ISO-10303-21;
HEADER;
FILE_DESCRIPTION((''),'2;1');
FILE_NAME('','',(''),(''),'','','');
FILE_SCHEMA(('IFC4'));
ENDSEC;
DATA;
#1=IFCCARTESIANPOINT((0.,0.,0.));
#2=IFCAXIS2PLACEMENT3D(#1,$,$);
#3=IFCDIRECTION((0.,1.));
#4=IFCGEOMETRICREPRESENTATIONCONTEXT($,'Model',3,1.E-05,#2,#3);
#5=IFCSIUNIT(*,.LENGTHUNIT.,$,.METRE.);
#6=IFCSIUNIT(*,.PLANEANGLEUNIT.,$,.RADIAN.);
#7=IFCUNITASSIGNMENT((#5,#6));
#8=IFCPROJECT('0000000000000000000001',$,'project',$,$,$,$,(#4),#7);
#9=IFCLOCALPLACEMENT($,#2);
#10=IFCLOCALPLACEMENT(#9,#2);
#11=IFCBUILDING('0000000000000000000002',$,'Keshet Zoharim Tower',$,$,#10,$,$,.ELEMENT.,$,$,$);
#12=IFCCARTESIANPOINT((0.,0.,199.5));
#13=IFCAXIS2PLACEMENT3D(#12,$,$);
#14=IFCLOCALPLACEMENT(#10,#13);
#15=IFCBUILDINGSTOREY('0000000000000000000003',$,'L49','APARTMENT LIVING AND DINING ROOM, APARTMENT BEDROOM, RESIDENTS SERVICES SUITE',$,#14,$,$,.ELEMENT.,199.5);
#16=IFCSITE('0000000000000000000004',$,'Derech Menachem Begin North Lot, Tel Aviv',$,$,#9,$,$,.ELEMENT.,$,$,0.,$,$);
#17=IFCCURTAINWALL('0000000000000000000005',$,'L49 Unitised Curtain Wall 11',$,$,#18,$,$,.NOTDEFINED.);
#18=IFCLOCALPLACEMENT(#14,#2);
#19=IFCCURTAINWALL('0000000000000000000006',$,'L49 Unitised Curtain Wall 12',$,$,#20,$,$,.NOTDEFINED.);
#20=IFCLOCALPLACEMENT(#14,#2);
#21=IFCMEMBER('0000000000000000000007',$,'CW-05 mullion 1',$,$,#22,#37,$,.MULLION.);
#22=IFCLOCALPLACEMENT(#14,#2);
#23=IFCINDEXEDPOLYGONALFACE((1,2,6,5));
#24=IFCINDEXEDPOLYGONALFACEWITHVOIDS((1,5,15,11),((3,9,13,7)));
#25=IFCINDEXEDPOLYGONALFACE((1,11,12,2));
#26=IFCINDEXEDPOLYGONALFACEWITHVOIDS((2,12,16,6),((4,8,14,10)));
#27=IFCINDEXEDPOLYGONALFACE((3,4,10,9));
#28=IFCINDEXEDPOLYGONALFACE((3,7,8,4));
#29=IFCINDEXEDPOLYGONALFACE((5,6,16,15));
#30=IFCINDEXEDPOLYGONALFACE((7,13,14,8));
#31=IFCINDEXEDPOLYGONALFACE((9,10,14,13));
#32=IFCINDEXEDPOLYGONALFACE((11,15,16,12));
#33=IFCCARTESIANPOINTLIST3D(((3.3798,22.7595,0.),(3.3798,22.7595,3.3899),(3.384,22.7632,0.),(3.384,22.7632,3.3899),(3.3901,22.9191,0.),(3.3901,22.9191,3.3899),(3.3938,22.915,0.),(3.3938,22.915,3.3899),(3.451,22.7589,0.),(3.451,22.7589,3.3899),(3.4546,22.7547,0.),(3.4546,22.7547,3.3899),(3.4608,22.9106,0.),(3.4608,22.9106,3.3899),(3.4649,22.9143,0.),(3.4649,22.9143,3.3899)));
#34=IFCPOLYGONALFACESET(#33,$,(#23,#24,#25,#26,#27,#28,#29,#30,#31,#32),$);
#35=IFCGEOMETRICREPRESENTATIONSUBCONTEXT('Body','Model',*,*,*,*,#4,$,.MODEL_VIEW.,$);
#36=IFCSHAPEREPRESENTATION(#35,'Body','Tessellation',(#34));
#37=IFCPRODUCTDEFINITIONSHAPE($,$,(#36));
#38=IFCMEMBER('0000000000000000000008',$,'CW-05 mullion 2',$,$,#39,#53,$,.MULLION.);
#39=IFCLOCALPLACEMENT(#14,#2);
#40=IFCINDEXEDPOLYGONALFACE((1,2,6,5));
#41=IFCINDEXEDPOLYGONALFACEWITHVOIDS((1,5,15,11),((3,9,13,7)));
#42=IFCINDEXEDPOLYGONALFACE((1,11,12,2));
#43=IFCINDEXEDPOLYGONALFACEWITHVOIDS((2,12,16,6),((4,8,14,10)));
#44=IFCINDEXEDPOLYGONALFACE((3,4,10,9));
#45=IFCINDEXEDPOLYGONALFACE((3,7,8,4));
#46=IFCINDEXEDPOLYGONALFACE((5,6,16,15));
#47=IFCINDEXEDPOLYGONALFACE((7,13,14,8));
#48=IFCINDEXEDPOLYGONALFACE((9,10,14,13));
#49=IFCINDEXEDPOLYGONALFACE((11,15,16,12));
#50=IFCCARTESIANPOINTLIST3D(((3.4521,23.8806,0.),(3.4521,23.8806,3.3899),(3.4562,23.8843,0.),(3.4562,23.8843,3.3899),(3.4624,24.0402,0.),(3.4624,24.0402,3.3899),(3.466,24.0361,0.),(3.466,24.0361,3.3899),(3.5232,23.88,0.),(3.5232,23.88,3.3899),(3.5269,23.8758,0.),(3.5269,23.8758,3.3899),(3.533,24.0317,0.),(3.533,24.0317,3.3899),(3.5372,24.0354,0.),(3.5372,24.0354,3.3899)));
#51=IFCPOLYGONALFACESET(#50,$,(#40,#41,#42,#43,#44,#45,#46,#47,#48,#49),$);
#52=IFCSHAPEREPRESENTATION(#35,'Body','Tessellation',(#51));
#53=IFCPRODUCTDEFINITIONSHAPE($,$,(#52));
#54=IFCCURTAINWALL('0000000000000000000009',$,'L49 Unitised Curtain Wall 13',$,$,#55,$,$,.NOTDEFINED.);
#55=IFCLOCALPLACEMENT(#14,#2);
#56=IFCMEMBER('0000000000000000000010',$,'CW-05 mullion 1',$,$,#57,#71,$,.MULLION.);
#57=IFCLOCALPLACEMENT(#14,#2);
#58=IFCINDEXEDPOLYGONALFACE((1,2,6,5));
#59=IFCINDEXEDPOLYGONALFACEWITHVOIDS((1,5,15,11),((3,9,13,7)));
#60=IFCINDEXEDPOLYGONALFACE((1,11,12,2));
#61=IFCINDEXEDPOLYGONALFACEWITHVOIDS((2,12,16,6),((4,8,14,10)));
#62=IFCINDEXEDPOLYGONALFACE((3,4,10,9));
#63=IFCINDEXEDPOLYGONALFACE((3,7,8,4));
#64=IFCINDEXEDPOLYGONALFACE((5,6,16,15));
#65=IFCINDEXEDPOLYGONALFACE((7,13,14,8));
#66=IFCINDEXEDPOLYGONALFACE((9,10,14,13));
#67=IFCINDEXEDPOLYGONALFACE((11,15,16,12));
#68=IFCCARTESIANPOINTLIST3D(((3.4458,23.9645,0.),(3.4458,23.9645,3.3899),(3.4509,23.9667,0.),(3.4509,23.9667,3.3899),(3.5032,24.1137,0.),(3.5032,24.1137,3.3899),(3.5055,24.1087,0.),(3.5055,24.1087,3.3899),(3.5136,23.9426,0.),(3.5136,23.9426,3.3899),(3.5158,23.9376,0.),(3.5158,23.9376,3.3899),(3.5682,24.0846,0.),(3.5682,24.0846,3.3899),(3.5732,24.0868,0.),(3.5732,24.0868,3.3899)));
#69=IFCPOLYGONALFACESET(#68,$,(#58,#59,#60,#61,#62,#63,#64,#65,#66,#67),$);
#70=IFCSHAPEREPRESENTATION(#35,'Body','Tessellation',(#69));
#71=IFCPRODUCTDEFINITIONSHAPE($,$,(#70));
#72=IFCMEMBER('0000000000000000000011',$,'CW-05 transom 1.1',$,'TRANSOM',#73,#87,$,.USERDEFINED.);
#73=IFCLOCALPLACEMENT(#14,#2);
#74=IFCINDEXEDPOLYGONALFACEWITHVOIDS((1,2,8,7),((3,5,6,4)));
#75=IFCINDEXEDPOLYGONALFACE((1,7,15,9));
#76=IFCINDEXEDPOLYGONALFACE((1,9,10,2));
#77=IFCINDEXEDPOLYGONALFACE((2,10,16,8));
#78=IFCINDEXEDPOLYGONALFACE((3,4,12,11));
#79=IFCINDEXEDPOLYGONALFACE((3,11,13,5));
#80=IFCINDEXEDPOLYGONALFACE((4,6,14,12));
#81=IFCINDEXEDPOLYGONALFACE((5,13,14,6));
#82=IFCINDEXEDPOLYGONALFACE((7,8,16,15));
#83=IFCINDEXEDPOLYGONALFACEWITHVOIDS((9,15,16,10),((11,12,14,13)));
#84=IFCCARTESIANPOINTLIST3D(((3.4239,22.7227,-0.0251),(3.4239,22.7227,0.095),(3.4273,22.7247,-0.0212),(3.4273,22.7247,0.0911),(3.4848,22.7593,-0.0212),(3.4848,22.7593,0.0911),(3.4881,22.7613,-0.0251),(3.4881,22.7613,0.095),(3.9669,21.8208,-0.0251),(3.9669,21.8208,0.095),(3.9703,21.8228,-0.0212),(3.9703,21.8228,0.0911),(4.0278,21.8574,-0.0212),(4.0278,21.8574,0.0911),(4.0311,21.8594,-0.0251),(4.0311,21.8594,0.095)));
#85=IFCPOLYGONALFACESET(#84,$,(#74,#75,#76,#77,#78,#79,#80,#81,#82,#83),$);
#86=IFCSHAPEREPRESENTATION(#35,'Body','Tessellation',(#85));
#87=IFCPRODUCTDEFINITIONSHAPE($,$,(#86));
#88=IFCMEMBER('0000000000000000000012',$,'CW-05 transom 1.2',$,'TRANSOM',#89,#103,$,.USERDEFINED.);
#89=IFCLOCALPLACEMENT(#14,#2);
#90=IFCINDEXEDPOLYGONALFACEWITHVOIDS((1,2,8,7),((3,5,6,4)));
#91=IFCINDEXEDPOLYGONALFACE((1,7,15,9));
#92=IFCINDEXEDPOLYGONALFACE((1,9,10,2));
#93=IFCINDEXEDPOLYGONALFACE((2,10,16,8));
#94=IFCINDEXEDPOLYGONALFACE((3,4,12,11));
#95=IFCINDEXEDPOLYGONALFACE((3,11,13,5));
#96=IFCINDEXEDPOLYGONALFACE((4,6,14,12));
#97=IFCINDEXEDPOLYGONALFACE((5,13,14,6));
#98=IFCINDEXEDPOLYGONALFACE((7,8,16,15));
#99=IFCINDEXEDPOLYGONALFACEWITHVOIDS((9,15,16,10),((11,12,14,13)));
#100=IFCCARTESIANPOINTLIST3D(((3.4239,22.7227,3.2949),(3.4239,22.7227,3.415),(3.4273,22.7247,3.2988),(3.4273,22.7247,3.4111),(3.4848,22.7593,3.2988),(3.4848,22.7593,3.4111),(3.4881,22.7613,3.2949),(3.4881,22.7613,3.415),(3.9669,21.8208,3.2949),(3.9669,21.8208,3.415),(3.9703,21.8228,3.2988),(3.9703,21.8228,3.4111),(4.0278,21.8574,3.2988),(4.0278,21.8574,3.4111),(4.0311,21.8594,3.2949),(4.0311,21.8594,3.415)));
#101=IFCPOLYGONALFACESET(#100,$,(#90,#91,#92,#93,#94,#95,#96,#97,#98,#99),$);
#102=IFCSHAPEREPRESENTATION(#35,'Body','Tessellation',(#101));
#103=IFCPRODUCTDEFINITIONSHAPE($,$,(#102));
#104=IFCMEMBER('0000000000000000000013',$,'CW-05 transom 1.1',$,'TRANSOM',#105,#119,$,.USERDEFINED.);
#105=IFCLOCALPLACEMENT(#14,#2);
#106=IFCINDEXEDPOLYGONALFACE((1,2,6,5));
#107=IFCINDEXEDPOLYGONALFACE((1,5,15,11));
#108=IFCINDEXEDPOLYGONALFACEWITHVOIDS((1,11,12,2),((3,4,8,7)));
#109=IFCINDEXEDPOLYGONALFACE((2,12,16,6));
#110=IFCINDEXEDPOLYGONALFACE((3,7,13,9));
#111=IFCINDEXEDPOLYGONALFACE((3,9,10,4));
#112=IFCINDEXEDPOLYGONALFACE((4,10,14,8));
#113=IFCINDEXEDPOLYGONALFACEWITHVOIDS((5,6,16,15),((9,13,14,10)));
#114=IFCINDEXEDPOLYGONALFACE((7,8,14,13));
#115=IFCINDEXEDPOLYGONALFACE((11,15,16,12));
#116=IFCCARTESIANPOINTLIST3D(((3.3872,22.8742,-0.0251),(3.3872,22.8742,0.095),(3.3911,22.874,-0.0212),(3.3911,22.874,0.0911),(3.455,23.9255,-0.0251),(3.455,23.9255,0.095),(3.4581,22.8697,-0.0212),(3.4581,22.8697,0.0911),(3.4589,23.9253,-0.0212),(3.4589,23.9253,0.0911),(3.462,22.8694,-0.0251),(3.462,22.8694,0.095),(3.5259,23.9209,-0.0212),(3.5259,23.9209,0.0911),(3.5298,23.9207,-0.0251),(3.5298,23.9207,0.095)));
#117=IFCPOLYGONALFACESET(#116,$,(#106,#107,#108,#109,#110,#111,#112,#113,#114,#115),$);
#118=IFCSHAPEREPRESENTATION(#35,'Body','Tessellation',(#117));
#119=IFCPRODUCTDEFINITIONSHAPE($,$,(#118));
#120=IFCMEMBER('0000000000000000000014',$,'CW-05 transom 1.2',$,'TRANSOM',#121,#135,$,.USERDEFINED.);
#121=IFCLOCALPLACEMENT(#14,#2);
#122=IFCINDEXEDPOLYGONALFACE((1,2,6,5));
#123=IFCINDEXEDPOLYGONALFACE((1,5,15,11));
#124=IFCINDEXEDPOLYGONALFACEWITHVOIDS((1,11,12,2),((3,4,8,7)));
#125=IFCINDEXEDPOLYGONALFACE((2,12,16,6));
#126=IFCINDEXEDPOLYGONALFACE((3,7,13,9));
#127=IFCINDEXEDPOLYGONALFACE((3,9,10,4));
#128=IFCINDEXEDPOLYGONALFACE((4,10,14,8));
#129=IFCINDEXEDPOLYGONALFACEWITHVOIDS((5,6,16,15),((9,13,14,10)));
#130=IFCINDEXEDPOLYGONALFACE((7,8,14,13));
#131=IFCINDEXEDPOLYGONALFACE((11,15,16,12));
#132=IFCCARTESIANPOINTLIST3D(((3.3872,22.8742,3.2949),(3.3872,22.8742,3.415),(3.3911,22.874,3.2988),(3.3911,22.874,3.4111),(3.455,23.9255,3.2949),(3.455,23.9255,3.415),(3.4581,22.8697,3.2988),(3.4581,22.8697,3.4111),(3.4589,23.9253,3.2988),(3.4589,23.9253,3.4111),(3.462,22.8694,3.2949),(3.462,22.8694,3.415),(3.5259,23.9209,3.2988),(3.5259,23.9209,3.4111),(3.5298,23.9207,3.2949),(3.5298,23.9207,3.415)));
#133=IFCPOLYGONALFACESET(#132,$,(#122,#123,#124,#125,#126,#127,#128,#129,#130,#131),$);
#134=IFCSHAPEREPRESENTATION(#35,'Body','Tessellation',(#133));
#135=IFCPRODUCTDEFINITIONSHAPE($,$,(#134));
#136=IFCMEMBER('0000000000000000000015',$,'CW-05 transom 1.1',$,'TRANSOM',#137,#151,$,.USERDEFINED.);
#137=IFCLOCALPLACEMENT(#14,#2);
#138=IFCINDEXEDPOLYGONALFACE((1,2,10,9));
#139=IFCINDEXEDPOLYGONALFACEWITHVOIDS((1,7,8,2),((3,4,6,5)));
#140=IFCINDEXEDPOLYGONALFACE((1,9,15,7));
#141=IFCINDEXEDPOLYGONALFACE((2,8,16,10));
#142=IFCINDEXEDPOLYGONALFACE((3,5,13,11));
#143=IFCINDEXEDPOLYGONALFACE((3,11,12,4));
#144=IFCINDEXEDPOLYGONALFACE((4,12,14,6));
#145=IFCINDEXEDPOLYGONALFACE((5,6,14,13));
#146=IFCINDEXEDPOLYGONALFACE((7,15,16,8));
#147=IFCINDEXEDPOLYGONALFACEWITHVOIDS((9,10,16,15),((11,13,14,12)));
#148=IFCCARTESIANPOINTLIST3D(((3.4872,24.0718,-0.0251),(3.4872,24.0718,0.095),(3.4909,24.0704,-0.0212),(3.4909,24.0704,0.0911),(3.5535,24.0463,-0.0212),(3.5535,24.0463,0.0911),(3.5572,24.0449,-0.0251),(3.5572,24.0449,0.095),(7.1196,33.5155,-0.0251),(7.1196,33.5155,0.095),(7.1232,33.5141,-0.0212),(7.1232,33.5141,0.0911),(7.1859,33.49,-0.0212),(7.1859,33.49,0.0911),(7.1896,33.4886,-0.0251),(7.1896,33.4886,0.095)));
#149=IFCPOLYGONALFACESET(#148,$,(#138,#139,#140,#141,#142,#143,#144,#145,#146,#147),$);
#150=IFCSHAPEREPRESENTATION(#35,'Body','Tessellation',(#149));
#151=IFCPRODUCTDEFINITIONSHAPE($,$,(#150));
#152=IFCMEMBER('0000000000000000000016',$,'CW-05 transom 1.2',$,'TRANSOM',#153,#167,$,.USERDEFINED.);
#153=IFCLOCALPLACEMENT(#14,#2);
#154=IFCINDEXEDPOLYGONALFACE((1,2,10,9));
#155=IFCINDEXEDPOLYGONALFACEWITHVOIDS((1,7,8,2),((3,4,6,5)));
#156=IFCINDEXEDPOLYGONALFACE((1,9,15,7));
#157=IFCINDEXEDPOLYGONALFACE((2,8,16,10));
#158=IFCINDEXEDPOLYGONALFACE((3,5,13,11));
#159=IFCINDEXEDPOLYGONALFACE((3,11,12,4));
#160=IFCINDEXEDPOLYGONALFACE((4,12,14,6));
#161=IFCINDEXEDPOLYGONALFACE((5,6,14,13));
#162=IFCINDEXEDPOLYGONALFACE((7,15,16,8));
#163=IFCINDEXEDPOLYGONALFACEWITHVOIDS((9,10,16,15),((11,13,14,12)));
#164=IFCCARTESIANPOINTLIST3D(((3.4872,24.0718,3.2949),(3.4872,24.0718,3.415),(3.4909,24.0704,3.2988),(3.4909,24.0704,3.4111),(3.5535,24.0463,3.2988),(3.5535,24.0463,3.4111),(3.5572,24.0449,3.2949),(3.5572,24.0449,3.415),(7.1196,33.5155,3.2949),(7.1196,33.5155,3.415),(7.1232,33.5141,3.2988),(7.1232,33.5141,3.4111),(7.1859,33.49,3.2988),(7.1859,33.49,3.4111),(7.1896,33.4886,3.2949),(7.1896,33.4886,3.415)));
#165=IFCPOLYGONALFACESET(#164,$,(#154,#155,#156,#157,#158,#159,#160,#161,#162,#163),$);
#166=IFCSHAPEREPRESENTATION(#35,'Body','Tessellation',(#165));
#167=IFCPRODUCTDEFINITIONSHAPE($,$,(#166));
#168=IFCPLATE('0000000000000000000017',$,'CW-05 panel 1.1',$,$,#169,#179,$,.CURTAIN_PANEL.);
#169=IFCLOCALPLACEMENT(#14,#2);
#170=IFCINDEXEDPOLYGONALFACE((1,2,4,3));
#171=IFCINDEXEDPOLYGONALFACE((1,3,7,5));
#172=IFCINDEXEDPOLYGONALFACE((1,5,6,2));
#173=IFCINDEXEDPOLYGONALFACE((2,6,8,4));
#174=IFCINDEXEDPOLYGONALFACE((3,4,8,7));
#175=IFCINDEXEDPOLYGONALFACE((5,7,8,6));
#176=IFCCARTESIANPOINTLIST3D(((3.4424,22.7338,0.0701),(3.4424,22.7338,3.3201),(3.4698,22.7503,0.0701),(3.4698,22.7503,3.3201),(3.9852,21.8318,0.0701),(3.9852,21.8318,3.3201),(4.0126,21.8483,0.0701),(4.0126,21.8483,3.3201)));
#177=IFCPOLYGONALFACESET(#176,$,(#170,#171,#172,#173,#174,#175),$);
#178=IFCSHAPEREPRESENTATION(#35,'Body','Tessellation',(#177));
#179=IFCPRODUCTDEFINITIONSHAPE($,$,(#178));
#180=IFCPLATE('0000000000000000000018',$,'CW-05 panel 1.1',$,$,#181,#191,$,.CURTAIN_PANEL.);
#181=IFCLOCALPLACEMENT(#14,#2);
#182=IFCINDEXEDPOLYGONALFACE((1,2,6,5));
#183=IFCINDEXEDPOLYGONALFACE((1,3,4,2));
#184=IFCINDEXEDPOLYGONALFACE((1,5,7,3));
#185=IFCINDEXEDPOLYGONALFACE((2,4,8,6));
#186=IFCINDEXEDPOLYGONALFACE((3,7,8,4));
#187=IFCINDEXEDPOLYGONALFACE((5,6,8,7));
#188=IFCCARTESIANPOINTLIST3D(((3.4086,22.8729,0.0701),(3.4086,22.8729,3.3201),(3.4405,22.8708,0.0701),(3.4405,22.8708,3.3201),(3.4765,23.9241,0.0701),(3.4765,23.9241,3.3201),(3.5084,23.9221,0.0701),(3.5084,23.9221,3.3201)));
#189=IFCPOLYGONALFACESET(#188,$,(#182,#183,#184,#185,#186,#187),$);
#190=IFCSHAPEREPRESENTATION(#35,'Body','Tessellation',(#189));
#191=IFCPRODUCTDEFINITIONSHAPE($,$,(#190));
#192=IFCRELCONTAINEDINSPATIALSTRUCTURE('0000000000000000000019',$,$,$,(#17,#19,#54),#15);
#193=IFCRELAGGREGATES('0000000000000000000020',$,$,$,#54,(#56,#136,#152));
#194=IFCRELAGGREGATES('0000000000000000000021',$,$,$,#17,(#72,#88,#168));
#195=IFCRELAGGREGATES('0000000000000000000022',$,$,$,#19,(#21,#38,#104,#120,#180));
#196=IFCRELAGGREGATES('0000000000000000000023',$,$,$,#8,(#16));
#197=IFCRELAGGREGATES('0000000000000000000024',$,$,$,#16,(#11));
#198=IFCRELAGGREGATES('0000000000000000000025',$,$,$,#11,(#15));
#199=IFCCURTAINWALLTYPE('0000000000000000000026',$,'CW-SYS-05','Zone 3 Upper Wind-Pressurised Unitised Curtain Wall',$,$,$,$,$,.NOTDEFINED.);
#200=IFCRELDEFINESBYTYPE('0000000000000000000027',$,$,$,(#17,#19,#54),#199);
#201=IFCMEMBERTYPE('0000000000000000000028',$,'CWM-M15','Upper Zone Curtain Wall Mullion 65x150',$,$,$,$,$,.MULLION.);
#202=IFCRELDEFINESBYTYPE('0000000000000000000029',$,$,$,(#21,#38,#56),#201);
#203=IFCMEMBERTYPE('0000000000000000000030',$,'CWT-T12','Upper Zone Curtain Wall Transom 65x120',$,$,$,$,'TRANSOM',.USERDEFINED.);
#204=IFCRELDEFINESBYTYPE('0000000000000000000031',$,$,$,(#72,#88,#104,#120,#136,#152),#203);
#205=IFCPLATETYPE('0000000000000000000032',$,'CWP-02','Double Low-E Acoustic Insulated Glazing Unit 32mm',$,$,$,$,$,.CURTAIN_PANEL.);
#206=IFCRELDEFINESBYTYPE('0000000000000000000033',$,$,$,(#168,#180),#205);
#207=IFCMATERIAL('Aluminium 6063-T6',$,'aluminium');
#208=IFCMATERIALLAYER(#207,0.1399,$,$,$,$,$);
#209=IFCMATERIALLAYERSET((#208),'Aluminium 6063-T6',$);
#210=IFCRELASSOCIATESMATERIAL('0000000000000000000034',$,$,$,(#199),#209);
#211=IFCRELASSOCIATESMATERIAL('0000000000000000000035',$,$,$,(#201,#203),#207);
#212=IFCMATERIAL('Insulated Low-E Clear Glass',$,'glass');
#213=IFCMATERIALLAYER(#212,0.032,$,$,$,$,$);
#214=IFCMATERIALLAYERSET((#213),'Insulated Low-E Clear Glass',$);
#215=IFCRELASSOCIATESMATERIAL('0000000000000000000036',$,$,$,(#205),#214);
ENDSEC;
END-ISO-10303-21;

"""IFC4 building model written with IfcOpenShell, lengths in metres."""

from ifc_helpers import new_model, si_unit, direction, frame, origin, origin_2d, place, context, subcontext, project, spatial, rectangle, hollow_rectangle, extrude, material, layer, layer_set, material_profile, profile_set, type_object, element, aggregate, save


model = new_model("IFC4")

# Units and contexts
model_context = context("Model", 3, precision=1e-05, world=origin(), true_north=direction((0.0, 1.0)))
body_context = subcontext(model_context, "Body", "Model", "MODEL_VIEW")
ifc_project = project(units=[si_unit("LENGTHUNIT", "METRE"), si_unit("PLANEANGLEUNIT", "RADIAN")], contexts=[model_context])

# Site, building, storey
site_placement = place(None, origin())
site = spatial("IfcSite", under=ifc_project, at=site_placement, Name="Derech Menachem Begin North Lot, Tel Aviv", CompositionType="ELEMENT", RefElevation=0.0)
building_placement = place(site_placement, origin())
building = spatial("IfcBuilding", under=site, at=building_placement, Name="Keshet Zoharim Tower", CompositionType="ELEMENT")
storey_placement = place(building_placement, frame((0.0, 0.0, 199.5)))
storey = spatial("IfcBuildingStorey", under=building, at=storey_placement, Name="L49", Description="APARTMENT LIVING AND DINING ROOM, APARTMENT BEDROOM, RESIDENTS SERVICES SUITE", CompositionType="ELEMENT", Elevation=199.5)

# Shared definitions
ifc_material_1 = material(Name="Aluminium 6063-T6", Category="aluminium")
ifc_layer_1 = layer(ifc_material_1, 0.1399)
ifc_layer_set_1 = layer_set([ifc_layer_1], Name="Aluminium 6063-T6")
curtain_wall_type = type_object("IfcCurtainWallType", Name="CW-SYS-05", Description="Zone 3 Upper Wind-Pressurised Unitised Curtain Wall", PredefinedType="NOTDEFINED", material=ifc_layer_set_1)
ifc_material_profile_1 = material_profile(ifc_material_1, hollow_rectangle(XDim=0.075, YDim=0.1599, WallThickness=0.0039, at=origin_2d()), Name="MUL-75x160")
ifc_profile_set_1 = profile_set([ifc_material_profile_1], Name="Aluminium 6063-T6")
member_type_1 = type_object("IfcMemberType", Name="CWM-M15", Description="Upper Zone Curtain Wall Mullion 65x150", PredefinedType="MULLION", material=ifc_profile_set_1)

# Curtain walls, members
curtain_wall_1_placement = place(storey_placement, origin())
curtain_wall_1 = element("IfcCurtainWall", 1, at=curtain_wall_1_placement, inside=storey, type_object=curtain_wall_type, Name="L49 Unitised Curtain Wall 11", PredefinedType="NOTDEFINED")
curtain_wall_2_placement = place(storey_placement, origin())
curtain_wall_2 = element("IfcCurtainWall", 2, at=curtain_wall_2_placement, inside=storey, type_object=curtain_wall_type, Name="L49 Unitised Curtain Wall 12", PredefinedType="NOTDEFINED")
member_1_placement = place(storey_placement, frame((3.4224, 22.8369, 0.0), z_axis=(0.0, 0.0, 1.0), x_axis=(-0.997917, 0.064517, 0.0)))
member_1 = element("IfcMember", 3, at=member_1_placement, type_object=member_type_1, Name="CW-05 mullion 1", PredefinedType="MULLION", context=body_context, shape_type="SweptSolid", body=[
    extrude(hollow_rectangle(XDim=0.075, YDim=0.1599, WallThickness=0.0039, at=origin_2d()), origin(), (0.0, 0.0, 1.0), 3.3899),
])
member_2_placement = place(storey_placement, frame((3.4946, 23.958, 0.0), z_axis=(0.0, 0.0, 1.0), x_axis=(-0.997917, 0.064517, 0.0)))
member_2 = element("IfcMember", 4, at=member_2_placement, type_object=member_type_1, Name="CW-05 mullion 2", PredefinedType="MULLION", context=body_context, shape_type="SweptSolid", body=[
    extrude(hollow_rectangle(XDim=0.075, YDim=0.1599, WallThickness=0.0039, at=origin_2d()), origin(), (0.0, 0.0, 1.0), 3.3899),
])

# Curtain wall, member
curtain_wall_3_placement = place(storey_placement, origin())
curtain_wall_3 = element("IfcCurtainWall", 5, at=curtain_wall_3_placement, inside=storey, type_object=curtain_wall_type, Name="L49 Unitised Curtain Wall 13", PredefinedType="NOTDEFINED")
member_3_placement = place(storey_placement, frame((3.5095, 24.0256, 0.0), z_axis=(0.0, 0.0, 1.0), x_axis=(-0.933341, 0.35899, 0.0)))
member_3 = element("IfcMember", 6, at=member_3_placement, type_object=member_type_1, Name="CW-05 mullion 1", PredefinedType="MULLION", context=body_context, shape_type="SweptSolid", body=[
    extrude(hollow_rectangle(XDim=0.075, YDim=0.1599, WallThickness=0.0039, at=origin_2d()), origin(), (0.0, 0.0, 1.0), 3.3899),
])

# Members
ifc_material_profile_2 = material_profile(ifc_material_1, hollow_rectangle(XDim=0.075, YDim=0.1201, WallThickness=0.0039, at=origin_2d()), Name="TRN-75x120")
ifc_profile_set_2 = profile_set([ifc_material_profile_2], Name="Aluminium 6063-T6")
member_type_2 = type_object("IfcMemberType", Name="CWT-T12", Description="Upper Zone Curtain Wall Transom 65x120", ElementType="TRANSOM", PredefinedType="USERDEFINED", material=ifc_profile_set_2)
member_4_placement = place(storey_placement, frame((3.999, 21.8401, 0.0349), z_axis=(-0.515791, 0.856714, 0.0), x_axis=(-0.856714, -0.515791, 0.0)))
member_4 = element("IfcMember", 7, at=member_4_placement, type_object=member_type_2, Name="CW-05 transom 1.1", ObjectType="TRANSOM", PredefinedType="USERDEFINED", context=body_context, shape_type="SweptSolid", body=[
    extrude(hollow_rectangle(XDim=0.075, YDim=0.1201, WallThickness=0.0039, at=origin_2d()), origin(), (0.0, 0.0, 1.0), 1.0527),
])
member_5_placement = place(storey_placement, frame((3.999, 21.8401, 3.355), z_axis=(-0.515791, 0.856714, 0.0), x_axis=(-0.856714, -0.515791, 0.0)))
member_5 = element("IfcMember", 8, at=member_5_placement, type_object=member_type_2, Name="CW-05 transom 1.2", ObjectType="TRANSOM", PredefinedType="USERDEFINED", context=body_context, shape_type="SweptSolid", body=[
    extrude(hollow_rectangle(XDim=0.075, YDim=0.1201, WallThickness=0.0039, at=origin_2d()), origin(), (0.0, 0.0, 1.0), 1.0527),
])
member_6_placement = place(storey_placement, frame((3.4246, 22.8718, 0.0349), z_axis=(0.064427, 0.997922, 0.0), x_axis=(-0.997922, 0.064427, 0.0)))
member_6 = element("IfcMember", 9, at=member_6_placement, type_object=member_type_2, Name="CW-05 transom 1.1", ObjectType="TRANSOM", PredefinedType="USERDEFINED", context=body_context, shape_type="SweptSolid", body=[
    extrude(hollow_rectangle(XDim=0.075, YDim=0.1201, WallThickness=0.0039, at=origin_2d()), origin(), (0.0, 0.0, 1.0), 1.0535),
])
member_7_placement = place(storey_placement, frame((3.4246, 22.8718, 3.355), z_axis=(0.064427, 0.997922, 0.0), x_axis=(-0.997922, 0.064427, 0.0)))
member_7 = element("IfcMember", 10, at=member_7_placement, type_object=member_type_2, Name="CW-05 transom 1.2", ObjectType="TRANSOM", PredefinedType="USERDEFINED", context=body_context, shape_type="SweptSolid", body=[
    extrude(hollow_rectangle(XDim=0.075, YDim=0.1201, WallThickness=0.0039, at=origin_2d()), origin(), (0.0, 0.0, 1.0), 1.0535),
])
member_8_placement = place(storey_placement, frame((3.5222, 24.0583, 0.0349), z_axis=(0.358994, 0.93334, 0.0), x_axis=(-0.93334, 0.358994, 0.0)))
member_8 = element("IfcMember", 11, at=member_8_placement, type_object=member_type_2, Name="CW-05 transom 1.1", ObjectType="TRANSOM", PredefinedType="USERDEFINED", context=body_context, shape_type="SweptSolid", body=[
    extrude(hollow_rectangle(XDim=0.075, YDim=0.1201, WallThickness=0.0039, at=origin_2d()), origin(), (0.0, 0.0, 1.0), 10.1182),
])
member_9_placement = place(storey_placement, frame((3.5222, 24.0583, 3.355), z_axis=(0.358994, 0.93334, 0.0), x_axis=(-0.93334, 0.358994, 0.0)))
member_9 = element("IfcMember", 12, at=member_9_placement, type_object=member_type_2, Name="CW-05 transom 1.2", ObjectType="TRANSOM", PredefinedType="USERDEFINED", context=body_context, shape_type="SweptSolid", body=[
    extrude(hollow_rectangle(XDim=0.075, YDim=0.1201, WallThickness=0.0039, at=origin_2d()), origin(), (0.0, 0.0, 1.0), 10.1182),
])
aggregate(curtain_wall_3, [member_3, member_8, member_9])

# Plates
ifc_material_2 = material(Name="Insulated Low-E Clear Glass", Category="glass")
ifc_layer_2 = layer(ifc_material_2, 0.032)
ifc_layer_set_2 = layer_set([ifc_layer_2], Name="Insulated Low-E Clear Glass")
plate_type = type_object("IfcPlateType", Name="CWP-02", Description="Double Low-E Acoustic Insulated Glazing Unit 32mm", PredefinedType="CURTAIN_PANEL", material=ifc_layer_set_2)
plate_1_placement = place(storey_placement, frame((3.7275, 22.291, 0.0701), z_axis=(0.0, 0.0, 1.0), x_axis=(-0.515605, 0.856826, 0.0)))
plate_1 = element("IfcPlate", 13, at=plate_1_placement, type_object=plate_type, Name="CW-05 panel 1.1", PredefinedType="CURTAIN_PANEL", context=body_context, shape_type="SweptSolid", body=[
    extrude(rectangle(XDim=1.0527, YDim=0.032, at=origin_2d()), origin(), (0.0, 0.0, 1.0), 3.25),
])
aggregate(curtain_wall_1, [member_4, member_5, plate_1])
plate_2_placement = place(storey_placement, frame((3.4585, 23.3975, 0.0701), z_axis=(0.0, 0.0, 1.0), x_axis=(0.064517, 0.997917, 0.0)))
plate_2 = element("IfcPlate", 14, at=plate_2_placement, type_object=plate_type, Name="CW-05 panel 1.1", PredefinedType="CURTAIN_PANEL", context=body_context, shape_type="SweptSolid", body=[
    extrude(rectangle(XDim=1.0535, YDim=0.032, at=origin_2d()), origin(), (0.0, 0.0, 1.0), 3.25),
])
aggregate(curtain_wall_2, [member_1, member_2, member_6, member_7, plate_2])

save(model, "model.ifc")
